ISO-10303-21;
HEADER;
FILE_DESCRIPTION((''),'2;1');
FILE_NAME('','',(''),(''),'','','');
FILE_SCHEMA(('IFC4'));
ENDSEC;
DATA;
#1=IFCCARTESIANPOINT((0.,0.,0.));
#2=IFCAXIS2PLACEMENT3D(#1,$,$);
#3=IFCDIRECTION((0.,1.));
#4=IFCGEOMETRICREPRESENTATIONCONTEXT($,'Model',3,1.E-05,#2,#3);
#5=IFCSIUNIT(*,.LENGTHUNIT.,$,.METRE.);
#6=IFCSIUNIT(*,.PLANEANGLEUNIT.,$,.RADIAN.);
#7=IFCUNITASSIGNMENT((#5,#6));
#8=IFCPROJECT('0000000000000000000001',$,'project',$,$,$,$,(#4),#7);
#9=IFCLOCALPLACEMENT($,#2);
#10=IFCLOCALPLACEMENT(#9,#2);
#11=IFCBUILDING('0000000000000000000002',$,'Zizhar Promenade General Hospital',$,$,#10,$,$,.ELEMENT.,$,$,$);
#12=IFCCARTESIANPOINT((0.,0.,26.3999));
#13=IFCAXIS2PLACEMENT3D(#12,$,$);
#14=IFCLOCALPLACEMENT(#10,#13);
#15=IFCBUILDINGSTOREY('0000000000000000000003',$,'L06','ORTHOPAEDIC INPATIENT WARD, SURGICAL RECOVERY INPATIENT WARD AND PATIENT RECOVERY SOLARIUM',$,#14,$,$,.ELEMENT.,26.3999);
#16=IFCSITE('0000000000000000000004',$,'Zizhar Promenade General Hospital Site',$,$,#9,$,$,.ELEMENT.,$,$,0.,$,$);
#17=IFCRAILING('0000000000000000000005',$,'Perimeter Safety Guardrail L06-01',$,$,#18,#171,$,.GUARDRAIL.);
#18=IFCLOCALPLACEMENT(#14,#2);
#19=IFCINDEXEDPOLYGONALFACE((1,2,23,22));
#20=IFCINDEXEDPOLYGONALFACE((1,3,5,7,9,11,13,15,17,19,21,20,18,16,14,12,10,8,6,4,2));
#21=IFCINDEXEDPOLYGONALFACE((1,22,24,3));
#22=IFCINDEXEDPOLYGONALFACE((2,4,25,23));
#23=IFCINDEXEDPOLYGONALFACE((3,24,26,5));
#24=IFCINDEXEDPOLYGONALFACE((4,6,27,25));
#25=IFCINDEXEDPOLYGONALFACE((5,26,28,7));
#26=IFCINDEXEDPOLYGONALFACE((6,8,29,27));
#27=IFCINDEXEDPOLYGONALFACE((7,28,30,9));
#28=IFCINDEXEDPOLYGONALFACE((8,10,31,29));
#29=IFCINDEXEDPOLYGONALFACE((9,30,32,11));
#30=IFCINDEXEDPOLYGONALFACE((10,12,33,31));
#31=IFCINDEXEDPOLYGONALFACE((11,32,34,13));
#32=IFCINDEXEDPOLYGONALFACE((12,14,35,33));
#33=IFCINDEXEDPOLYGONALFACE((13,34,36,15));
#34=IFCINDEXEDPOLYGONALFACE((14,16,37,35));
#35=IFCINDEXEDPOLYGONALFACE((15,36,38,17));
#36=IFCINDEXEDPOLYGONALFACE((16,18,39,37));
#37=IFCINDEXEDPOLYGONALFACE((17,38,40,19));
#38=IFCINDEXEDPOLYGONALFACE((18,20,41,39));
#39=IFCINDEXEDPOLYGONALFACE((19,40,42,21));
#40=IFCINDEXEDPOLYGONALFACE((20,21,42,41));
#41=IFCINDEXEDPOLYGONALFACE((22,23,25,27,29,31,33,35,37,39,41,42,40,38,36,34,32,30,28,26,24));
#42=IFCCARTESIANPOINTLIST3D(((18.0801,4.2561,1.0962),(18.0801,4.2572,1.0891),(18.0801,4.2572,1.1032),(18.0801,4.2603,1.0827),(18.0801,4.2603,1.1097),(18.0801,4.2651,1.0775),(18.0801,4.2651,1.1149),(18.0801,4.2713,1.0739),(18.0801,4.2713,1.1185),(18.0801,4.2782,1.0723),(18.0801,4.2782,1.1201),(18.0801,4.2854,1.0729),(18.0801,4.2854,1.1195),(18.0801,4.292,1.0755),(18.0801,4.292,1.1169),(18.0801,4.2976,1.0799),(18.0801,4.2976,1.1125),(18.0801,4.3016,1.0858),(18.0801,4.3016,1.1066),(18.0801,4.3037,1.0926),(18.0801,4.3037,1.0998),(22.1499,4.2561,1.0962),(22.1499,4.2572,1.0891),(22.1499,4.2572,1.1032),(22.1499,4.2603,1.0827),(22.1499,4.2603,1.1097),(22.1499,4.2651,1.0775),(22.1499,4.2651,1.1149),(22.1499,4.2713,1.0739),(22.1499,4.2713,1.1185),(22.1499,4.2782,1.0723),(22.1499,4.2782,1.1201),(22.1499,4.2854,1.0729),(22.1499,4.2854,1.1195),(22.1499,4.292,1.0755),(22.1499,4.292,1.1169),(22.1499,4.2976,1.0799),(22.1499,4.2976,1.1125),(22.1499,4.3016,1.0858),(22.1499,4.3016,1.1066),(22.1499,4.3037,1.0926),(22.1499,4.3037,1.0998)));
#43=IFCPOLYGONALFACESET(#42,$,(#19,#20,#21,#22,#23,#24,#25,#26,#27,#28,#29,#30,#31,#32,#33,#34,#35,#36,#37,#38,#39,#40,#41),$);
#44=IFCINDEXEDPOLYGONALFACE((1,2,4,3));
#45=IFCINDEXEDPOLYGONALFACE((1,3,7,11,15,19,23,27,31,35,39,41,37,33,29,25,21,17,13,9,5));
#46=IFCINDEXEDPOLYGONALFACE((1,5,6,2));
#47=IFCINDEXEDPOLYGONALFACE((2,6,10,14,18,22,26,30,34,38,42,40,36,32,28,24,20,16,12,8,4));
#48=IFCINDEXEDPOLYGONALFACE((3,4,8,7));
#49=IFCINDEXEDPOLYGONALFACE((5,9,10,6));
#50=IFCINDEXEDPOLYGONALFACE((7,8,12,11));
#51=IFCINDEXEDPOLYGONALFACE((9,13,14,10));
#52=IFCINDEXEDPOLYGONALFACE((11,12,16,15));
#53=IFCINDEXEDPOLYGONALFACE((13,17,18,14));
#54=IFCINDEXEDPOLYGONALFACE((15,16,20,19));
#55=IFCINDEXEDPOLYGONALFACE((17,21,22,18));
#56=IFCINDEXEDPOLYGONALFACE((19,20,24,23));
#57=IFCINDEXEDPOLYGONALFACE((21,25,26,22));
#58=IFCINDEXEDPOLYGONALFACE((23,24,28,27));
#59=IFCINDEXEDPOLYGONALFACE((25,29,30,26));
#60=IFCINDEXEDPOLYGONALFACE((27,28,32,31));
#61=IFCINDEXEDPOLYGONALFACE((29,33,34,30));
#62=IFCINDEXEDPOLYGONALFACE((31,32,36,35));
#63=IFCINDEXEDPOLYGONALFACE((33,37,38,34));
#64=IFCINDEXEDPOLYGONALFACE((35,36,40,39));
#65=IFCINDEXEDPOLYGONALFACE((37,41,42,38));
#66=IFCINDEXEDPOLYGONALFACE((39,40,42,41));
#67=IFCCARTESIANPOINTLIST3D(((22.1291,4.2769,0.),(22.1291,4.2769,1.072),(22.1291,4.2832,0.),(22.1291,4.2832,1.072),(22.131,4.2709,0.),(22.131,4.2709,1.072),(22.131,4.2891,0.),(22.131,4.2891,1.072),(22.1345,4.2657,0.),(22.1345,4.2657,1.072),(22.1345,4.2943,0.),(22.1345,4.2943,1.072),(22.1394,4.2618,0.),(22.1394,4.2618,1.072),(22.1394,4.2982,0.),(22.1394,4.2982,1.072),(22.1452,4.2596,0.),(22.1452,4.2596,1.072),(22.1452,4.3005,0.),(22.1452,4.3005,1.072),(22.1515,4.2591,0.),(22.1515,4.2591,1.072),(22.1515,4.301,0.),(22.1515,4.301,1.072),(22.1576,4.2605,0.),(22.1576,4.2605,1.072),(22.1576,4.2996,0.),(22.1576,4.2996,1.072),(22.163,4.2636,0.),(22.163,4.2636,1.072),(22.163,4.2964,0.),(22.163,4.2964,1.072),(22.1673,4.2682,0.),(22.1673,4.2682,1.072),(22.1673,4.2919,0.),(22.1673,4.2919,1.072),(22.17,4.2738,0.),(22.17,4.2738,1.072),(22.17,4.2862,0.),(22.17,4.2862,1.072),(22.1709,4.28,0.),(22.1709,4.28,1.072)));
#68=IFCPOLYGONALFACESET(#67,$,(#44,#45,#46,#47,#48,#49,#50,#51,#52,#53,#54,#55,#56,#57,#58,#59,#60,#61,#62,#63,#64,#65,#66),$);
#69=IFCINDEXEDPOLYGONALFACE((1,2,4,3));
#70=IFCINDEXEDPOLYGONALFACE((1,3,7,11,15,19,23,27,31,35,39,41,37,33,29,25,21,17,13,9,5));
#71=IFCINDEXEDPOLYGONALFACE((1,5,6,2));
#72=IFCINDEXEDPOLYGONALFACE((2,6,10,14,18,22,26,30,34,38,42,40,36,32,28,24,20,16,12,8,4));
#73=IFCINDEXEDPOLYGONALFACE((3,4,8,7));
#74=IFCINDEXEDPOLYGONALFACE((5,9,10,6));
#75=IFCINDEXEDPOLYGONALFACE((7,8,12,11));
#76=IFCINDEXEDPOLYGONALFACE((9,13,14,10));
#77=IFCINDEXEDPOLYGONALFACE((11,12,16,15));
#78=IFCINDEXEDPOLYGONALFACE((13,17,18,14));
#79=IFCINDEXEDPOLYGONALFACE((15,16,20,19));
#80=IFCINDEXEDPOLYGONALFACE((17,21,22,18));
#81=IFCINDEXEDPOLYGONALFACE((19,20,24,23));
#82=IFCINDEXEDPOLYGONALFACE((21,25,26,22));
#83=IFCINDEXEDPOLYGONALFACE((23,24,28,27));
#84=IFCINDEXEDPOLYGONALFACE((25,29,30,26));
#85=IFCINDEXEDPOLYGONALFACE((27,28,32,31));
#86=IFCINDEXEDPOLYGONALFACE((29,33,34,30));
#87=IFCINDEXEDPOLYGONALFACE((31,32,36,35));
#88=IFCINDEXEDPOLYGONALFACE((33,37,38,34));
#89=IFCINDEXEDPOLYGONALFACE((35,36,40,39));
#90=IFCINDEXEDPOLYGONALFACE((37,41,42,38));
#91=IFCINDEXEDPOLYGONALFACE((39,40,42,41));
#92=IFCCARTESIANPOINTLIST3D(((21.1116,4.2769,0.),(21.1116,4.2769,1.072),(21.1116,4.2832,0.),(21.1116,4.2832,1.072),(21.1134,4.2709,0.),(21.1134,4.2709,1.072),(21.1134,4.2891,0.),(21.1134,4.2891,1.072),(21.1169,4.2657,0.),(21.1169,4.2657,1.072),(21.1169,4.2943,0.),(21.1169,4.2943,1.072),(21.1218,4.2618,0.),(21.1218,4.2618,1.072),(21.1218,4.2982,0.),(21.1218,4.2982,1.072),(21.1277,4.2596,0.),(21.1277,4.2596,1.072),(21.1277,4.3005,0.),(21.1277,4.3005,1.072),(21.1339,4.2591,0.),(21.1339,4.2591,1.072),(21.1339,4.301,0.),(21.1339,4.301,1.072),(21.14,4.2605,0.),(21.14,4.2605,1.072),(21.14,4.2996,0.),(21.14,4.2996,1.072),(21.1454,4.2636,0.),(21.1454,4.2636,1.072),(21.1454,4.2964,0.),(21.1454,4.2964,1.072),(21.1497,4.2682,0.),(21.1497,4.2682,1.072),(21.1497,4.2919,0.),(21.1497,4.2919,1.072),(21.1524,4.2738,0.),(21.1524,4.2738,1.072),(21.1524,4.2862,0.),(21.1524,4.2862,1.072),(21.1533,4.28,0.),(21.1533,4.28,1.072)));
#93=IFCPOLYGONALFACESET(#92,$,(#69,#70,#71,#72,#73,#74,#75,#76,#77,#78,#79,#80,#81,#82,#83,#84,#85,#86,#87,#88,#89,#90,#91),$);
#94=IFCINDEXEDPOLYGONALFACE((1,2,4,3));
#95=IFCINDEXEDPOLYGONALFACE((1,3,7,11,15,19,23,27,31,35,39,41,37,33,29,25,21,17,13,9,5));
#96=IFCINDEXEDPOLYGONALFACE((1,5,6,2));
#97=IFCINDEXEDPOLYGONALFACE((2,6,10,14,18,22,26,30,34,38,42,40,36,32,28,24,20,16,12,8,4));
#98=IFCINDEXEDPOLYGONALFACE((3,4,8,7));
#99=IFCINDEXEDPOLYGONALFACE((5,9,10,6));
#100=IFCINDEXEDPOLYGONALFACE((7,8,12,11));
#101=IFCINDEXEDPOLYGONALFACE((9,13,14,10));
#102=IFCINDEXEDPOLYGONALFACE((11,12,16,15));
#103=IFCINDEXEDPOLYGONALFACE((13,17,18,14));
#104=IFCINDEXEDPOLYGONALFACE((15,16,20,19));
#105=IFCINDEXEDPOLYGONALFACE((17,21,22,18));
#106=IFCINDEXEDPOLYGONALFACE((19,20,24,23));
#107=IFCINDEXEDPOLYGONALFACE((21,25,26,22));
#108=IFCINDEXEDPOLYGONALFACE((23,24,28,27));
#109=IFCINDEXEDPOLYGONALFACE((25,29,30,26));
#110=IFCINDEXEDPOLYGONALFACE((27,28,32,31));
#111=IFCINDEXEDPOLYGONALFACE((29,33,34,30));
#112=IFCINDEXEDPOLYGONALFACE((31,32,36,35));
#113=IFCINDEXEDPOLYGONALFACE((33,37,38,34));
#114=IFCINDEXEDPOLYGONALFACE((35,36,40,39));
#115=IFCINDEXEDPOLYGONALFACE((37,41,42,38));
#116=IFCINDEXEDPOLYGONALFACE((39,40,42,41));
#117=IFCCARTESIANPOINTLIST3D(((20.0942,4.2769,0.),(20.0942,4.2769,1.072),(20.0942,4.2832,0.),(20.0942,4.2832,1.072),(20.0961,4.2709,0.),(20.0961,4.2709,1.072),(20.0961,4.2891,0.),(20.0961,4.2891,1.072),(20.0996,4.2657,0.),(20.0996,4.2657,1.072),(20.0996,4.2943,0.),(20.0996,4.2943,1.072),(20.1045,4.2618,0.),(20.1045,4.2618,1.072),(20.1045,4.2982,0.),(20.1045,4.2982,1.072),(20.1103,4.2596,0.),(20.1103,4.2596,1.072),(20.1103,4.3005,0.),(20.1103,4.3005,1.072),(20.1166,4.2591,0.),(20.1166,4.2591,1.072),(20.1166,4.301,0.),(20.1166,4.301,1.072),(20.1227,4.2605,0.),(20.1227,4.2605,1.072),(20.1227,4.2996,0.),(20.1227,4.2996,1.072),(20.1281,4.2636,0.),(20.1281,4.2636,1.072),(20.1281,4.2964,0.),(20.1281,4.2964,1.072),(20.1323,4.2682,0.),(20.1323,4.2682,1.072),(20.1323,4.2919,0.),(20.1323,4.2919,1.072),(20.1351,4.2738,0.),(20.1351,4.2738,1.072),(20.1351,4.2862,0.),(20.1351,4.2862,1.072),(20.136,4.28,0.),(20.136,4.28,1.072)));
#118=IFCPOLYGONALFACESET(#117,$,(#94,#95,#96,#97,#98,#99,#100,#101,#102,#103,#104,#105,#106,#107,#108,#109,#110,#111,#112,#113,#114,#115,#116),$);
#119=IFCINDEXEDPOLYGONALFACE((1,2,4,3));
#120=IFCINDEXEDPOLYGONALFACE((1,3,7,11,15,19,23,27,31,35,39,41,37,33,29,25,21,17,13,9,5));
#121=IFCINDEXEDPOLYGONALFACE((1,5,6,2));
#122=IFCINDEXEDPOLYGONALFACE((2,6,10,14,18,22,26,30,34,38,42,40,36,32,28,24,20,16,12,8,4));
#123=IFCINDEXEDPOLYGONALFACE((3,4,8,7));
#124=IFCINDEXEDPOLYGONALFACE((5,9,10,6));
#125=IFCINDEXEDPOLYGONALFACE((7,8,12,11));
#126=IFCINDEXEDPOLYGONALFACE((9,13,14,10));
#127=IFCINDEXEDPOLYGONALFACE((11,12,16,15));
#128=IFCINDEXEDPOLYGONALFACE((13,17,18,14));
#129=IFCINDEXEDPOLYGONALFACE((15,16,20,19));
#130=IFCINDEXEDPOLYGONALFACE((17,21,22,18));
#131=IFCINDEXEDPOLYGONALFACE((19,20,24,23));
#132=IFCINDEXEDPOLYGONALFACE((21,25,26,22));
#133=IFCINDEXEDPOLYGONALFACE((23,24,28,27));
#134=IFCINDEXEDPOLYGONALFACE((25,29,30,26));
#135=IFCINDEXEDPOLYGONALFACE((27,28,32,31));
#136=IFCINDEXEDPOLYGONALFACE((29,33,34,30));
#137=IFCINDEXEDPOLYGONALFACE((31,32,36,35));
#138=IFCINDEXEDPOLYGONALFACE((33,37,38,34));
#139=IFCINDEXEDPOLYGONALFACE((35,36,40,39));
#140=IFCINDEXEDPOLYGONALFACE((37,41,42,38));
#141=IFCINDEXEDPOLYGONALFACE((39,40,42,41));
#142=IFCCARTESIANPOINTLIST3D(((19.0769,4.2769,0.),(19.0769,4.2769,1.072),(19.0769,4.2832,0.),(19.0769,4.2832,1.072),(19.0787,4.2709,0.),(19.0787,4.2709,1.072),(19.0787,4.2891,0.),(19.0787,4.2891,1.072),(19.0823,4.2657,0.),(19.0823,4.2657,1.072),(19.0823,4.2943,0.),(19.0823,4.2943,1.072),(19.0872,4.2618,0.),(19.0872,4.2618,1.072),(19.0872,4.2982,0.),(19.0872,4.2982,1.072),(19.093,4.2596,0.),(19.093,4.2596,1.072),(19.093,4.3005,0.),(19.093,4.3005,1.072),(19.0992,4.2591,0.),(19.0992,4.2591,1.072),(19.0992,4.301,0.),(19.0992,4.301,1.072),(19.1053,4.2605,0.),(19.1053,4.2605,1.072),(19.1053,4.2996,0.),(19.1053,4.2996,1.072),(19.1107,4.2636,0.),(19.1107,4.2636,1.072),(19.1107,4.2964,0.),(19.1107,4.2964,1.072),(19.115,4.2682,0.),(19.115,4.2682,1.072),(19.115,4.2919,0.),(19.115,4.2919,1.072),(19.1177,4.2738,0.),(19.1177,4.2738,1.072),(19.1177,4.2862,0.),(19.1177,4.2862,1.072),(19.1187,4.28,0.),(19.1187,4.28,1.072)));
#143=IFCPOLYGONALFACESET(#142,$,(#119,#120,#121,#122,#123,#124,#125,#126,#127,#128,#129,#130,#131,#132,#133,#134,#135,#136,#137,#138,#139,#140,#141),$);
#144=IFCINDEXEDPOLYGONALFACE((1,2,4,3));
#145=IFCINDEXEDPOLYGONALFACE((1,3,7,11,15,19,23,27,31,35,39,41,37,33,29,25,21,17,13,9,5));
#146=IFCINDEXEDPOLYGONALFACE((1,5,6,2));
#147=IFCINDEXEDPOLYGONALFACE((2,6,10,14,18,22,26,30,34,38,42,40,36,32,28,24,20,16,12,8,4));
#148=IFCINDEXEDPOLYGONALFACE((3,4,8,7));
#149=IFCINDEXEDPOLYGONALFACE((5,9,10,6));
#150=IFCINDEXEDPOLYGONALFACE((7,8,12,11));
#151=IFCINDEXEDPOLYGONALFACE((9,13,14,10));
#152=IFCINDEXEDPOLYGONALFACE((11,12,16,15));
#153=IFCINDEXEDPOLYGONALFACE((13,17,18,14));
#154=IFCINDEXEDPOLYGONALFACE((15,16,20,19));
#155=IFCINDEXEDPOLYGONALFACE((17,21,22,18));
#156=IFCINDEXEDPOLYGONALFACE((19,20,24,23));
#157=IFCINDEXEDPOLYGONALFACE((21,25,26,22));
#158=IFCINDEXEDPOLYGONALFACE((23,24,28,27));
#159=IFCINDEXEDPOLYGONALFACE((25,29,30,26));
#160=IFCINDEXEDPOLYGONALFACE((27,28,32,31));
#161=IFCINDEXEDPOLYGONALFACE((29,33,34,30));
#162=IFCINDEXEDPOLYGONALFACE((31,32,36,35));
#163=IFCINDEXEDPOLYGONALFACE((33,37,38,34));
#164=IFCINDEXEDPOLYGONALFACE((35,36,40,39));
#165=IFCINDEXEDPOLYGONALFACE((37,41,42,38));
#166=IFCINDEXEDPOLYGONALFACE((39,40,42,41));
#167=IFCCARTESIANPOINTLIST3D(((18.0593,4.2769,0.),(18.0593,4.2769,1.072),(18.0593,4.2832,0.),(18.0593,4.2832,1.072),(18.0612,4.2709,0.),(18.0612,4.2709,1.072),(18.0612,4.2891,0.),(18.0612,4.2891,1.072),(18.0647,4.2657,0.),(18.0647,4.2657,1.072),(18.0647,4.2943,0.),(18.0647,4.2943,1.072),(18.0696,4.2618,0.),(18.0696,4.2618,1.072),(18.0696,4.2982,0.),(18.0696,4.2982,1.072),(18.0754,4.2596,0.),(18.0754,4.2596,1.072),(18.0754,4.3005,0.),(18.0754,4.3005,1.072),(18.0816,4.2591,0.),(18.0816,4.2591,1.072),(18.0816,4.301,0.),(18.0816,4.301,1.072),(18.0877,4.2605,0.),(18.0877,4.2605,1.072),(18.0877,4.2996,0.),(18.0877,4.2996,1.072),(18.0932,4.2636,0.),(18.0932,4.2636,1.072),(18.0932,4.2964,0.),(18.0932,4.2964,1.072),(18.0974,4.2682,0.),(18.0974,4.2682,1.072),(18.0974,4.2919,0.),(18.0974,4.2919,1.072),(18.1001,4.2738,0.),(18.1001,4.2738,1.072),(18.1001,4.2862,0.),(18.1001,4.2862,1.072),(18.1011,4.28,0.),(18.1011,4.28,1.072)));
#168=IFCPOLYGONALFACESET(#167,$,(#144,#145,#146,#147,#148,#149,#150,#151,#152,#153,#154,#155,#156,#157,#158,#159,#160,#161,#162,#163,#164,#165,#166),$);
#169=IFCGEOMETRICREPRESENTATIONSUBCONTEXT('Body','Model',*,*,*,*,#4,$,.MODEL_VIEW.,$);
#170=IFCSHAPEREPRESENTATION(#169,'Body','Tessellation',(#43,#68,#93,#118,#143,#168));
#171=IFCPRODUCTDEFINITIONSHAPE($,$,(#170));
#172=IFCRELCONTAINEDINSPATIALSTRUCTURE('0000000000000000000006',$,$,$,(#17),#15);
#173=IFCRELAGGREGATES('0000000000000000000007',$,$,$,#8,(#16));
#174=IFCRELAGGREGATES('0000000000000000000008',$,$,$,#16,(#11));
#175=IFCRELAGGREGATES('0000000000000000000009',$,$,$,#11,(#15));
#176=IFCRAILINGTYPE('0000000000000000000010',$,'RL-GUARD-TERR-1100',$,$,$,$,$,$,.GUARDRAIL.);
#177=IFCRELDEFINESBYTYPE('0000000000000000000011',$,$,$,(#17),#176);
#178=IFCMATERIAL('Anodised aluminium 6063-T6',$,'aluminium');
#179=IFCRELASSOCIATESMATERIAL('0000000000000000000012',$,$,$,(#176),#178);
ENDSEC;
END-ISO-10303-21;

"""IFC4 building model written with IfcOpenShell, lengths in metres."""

from ifc_helpers import new_model, si_unit, direction, frame, origin, origin_2d, place, context, subcontext, project, spatial, circle, hollow_circle, extrude, material, material_profile, profile_set, type_object, element, save


model = new_model("IFC4")

# Units and contexts
model_context = context("Model", 3, precision=1e-05, world=origin(), true_north=direction((0.0, 1.0)))
body_context = subcontext(model_context, "Body", "Model", "MODEL_VIEW")
ifc_project = project(units=[si_unit("LENGTHUNIT", "METRE"), si_unit("PLANEANGLEUNIT", "RADIAN")], contexts=[model_context])

# Site, building, storey
site_placement = place(None, origin())
site = spatial("IfcSite", under=ifc_project, at=site_placement, Name="Zizhar Promenade General Hospital Site", CompositionType="ELEMENT", RefElevation=0.0)
building_placement = place(site_placement, origin())
building = spatial("IfcBuilding", under=site, at=building_placement, Name="Zizhar Promenade General Hospital", CompositionType="ELEMENT")
storey_placement = place(building_placement, frame((0.0, 0.0, 26.3999)))
storey = spatial("IfcBuildingStorey", under=building, at=storey_placement, Name="L06", Description="ORTHOPAEDIC INPATIENT WARD, SURGICAL RECOVERY INPATIENT WARD AND PATIENT RECOVERY SOLARIUM", CompositionType="ELEMENT", Elevation=26.3999)

# Railing
ifc_material_1 = material(Name="Anodised aluminium 6063-T6", Category="aluminium")
ifc_material_profile_1 = material_profile(ifc_material_1, hollow_circle(Radius=0.0698, WallThickness=0.0063, at=origin_2d()))
ifc_profile_set_1 = profile_set([ifc_material_profile_1], Name="Anodised aluminium 6063-T6")
railing_type = type_object("IfcRailingType", Name="RL-GUARD-TERR-1100", PredefinedType="GUARDRAIL", material=ifc_profile_set_1)
railing_1_placement = place(storey_placement, frame((22.1499, 4.28, 0.0)))
element("IfcRailing", 1, at=railing_1_placement, inside=storey, type_object=railing_type, Name="Perimeter Safety Guardrail L06-01", PredefinedType="GUARDRAIL", context=body_context, shape_type="SweptSolid", body=[
    extrude(circle(Radius=0.0239, at=origin_2d()), frame((0.0, 0.0, 1.0962), z_axis=(-1.0, 0.0, 0.0), x_axis=(0.0, -1.0, 0.0)), (0.0, 0.0, 1.0), 4.0698),
    extrude(circle(Radius=0.021, at=origin_2d()), origin(), (0.0, 0.0, 1.0), 1.072),
    extrude(circle(Radius=0.021, at=origin_2d()), frame((-1.0176, 0.0, 0.0)), (0.0, 0.0, 1.0), 1.072),
    extrude(circle(Radius=0.021, at=origin_2d()), frame((-2.0349, 0.0, 0.0)), (0.0, 0.0, 1.0), 1.072),
    extrude(circle(Radius=0.021, at=origin_2d()), frame((-3.0522, 0.0, 0.0)), (0.0, 0.0, 1.0), 1.072),
    extrude(circle(Radius=0.021, at=origin_2d()), frame((-4.0698, 0.0, 0.0)), (0.0, 0.0, 1.0), 1.072),
])

save(model, "model.ifc")
